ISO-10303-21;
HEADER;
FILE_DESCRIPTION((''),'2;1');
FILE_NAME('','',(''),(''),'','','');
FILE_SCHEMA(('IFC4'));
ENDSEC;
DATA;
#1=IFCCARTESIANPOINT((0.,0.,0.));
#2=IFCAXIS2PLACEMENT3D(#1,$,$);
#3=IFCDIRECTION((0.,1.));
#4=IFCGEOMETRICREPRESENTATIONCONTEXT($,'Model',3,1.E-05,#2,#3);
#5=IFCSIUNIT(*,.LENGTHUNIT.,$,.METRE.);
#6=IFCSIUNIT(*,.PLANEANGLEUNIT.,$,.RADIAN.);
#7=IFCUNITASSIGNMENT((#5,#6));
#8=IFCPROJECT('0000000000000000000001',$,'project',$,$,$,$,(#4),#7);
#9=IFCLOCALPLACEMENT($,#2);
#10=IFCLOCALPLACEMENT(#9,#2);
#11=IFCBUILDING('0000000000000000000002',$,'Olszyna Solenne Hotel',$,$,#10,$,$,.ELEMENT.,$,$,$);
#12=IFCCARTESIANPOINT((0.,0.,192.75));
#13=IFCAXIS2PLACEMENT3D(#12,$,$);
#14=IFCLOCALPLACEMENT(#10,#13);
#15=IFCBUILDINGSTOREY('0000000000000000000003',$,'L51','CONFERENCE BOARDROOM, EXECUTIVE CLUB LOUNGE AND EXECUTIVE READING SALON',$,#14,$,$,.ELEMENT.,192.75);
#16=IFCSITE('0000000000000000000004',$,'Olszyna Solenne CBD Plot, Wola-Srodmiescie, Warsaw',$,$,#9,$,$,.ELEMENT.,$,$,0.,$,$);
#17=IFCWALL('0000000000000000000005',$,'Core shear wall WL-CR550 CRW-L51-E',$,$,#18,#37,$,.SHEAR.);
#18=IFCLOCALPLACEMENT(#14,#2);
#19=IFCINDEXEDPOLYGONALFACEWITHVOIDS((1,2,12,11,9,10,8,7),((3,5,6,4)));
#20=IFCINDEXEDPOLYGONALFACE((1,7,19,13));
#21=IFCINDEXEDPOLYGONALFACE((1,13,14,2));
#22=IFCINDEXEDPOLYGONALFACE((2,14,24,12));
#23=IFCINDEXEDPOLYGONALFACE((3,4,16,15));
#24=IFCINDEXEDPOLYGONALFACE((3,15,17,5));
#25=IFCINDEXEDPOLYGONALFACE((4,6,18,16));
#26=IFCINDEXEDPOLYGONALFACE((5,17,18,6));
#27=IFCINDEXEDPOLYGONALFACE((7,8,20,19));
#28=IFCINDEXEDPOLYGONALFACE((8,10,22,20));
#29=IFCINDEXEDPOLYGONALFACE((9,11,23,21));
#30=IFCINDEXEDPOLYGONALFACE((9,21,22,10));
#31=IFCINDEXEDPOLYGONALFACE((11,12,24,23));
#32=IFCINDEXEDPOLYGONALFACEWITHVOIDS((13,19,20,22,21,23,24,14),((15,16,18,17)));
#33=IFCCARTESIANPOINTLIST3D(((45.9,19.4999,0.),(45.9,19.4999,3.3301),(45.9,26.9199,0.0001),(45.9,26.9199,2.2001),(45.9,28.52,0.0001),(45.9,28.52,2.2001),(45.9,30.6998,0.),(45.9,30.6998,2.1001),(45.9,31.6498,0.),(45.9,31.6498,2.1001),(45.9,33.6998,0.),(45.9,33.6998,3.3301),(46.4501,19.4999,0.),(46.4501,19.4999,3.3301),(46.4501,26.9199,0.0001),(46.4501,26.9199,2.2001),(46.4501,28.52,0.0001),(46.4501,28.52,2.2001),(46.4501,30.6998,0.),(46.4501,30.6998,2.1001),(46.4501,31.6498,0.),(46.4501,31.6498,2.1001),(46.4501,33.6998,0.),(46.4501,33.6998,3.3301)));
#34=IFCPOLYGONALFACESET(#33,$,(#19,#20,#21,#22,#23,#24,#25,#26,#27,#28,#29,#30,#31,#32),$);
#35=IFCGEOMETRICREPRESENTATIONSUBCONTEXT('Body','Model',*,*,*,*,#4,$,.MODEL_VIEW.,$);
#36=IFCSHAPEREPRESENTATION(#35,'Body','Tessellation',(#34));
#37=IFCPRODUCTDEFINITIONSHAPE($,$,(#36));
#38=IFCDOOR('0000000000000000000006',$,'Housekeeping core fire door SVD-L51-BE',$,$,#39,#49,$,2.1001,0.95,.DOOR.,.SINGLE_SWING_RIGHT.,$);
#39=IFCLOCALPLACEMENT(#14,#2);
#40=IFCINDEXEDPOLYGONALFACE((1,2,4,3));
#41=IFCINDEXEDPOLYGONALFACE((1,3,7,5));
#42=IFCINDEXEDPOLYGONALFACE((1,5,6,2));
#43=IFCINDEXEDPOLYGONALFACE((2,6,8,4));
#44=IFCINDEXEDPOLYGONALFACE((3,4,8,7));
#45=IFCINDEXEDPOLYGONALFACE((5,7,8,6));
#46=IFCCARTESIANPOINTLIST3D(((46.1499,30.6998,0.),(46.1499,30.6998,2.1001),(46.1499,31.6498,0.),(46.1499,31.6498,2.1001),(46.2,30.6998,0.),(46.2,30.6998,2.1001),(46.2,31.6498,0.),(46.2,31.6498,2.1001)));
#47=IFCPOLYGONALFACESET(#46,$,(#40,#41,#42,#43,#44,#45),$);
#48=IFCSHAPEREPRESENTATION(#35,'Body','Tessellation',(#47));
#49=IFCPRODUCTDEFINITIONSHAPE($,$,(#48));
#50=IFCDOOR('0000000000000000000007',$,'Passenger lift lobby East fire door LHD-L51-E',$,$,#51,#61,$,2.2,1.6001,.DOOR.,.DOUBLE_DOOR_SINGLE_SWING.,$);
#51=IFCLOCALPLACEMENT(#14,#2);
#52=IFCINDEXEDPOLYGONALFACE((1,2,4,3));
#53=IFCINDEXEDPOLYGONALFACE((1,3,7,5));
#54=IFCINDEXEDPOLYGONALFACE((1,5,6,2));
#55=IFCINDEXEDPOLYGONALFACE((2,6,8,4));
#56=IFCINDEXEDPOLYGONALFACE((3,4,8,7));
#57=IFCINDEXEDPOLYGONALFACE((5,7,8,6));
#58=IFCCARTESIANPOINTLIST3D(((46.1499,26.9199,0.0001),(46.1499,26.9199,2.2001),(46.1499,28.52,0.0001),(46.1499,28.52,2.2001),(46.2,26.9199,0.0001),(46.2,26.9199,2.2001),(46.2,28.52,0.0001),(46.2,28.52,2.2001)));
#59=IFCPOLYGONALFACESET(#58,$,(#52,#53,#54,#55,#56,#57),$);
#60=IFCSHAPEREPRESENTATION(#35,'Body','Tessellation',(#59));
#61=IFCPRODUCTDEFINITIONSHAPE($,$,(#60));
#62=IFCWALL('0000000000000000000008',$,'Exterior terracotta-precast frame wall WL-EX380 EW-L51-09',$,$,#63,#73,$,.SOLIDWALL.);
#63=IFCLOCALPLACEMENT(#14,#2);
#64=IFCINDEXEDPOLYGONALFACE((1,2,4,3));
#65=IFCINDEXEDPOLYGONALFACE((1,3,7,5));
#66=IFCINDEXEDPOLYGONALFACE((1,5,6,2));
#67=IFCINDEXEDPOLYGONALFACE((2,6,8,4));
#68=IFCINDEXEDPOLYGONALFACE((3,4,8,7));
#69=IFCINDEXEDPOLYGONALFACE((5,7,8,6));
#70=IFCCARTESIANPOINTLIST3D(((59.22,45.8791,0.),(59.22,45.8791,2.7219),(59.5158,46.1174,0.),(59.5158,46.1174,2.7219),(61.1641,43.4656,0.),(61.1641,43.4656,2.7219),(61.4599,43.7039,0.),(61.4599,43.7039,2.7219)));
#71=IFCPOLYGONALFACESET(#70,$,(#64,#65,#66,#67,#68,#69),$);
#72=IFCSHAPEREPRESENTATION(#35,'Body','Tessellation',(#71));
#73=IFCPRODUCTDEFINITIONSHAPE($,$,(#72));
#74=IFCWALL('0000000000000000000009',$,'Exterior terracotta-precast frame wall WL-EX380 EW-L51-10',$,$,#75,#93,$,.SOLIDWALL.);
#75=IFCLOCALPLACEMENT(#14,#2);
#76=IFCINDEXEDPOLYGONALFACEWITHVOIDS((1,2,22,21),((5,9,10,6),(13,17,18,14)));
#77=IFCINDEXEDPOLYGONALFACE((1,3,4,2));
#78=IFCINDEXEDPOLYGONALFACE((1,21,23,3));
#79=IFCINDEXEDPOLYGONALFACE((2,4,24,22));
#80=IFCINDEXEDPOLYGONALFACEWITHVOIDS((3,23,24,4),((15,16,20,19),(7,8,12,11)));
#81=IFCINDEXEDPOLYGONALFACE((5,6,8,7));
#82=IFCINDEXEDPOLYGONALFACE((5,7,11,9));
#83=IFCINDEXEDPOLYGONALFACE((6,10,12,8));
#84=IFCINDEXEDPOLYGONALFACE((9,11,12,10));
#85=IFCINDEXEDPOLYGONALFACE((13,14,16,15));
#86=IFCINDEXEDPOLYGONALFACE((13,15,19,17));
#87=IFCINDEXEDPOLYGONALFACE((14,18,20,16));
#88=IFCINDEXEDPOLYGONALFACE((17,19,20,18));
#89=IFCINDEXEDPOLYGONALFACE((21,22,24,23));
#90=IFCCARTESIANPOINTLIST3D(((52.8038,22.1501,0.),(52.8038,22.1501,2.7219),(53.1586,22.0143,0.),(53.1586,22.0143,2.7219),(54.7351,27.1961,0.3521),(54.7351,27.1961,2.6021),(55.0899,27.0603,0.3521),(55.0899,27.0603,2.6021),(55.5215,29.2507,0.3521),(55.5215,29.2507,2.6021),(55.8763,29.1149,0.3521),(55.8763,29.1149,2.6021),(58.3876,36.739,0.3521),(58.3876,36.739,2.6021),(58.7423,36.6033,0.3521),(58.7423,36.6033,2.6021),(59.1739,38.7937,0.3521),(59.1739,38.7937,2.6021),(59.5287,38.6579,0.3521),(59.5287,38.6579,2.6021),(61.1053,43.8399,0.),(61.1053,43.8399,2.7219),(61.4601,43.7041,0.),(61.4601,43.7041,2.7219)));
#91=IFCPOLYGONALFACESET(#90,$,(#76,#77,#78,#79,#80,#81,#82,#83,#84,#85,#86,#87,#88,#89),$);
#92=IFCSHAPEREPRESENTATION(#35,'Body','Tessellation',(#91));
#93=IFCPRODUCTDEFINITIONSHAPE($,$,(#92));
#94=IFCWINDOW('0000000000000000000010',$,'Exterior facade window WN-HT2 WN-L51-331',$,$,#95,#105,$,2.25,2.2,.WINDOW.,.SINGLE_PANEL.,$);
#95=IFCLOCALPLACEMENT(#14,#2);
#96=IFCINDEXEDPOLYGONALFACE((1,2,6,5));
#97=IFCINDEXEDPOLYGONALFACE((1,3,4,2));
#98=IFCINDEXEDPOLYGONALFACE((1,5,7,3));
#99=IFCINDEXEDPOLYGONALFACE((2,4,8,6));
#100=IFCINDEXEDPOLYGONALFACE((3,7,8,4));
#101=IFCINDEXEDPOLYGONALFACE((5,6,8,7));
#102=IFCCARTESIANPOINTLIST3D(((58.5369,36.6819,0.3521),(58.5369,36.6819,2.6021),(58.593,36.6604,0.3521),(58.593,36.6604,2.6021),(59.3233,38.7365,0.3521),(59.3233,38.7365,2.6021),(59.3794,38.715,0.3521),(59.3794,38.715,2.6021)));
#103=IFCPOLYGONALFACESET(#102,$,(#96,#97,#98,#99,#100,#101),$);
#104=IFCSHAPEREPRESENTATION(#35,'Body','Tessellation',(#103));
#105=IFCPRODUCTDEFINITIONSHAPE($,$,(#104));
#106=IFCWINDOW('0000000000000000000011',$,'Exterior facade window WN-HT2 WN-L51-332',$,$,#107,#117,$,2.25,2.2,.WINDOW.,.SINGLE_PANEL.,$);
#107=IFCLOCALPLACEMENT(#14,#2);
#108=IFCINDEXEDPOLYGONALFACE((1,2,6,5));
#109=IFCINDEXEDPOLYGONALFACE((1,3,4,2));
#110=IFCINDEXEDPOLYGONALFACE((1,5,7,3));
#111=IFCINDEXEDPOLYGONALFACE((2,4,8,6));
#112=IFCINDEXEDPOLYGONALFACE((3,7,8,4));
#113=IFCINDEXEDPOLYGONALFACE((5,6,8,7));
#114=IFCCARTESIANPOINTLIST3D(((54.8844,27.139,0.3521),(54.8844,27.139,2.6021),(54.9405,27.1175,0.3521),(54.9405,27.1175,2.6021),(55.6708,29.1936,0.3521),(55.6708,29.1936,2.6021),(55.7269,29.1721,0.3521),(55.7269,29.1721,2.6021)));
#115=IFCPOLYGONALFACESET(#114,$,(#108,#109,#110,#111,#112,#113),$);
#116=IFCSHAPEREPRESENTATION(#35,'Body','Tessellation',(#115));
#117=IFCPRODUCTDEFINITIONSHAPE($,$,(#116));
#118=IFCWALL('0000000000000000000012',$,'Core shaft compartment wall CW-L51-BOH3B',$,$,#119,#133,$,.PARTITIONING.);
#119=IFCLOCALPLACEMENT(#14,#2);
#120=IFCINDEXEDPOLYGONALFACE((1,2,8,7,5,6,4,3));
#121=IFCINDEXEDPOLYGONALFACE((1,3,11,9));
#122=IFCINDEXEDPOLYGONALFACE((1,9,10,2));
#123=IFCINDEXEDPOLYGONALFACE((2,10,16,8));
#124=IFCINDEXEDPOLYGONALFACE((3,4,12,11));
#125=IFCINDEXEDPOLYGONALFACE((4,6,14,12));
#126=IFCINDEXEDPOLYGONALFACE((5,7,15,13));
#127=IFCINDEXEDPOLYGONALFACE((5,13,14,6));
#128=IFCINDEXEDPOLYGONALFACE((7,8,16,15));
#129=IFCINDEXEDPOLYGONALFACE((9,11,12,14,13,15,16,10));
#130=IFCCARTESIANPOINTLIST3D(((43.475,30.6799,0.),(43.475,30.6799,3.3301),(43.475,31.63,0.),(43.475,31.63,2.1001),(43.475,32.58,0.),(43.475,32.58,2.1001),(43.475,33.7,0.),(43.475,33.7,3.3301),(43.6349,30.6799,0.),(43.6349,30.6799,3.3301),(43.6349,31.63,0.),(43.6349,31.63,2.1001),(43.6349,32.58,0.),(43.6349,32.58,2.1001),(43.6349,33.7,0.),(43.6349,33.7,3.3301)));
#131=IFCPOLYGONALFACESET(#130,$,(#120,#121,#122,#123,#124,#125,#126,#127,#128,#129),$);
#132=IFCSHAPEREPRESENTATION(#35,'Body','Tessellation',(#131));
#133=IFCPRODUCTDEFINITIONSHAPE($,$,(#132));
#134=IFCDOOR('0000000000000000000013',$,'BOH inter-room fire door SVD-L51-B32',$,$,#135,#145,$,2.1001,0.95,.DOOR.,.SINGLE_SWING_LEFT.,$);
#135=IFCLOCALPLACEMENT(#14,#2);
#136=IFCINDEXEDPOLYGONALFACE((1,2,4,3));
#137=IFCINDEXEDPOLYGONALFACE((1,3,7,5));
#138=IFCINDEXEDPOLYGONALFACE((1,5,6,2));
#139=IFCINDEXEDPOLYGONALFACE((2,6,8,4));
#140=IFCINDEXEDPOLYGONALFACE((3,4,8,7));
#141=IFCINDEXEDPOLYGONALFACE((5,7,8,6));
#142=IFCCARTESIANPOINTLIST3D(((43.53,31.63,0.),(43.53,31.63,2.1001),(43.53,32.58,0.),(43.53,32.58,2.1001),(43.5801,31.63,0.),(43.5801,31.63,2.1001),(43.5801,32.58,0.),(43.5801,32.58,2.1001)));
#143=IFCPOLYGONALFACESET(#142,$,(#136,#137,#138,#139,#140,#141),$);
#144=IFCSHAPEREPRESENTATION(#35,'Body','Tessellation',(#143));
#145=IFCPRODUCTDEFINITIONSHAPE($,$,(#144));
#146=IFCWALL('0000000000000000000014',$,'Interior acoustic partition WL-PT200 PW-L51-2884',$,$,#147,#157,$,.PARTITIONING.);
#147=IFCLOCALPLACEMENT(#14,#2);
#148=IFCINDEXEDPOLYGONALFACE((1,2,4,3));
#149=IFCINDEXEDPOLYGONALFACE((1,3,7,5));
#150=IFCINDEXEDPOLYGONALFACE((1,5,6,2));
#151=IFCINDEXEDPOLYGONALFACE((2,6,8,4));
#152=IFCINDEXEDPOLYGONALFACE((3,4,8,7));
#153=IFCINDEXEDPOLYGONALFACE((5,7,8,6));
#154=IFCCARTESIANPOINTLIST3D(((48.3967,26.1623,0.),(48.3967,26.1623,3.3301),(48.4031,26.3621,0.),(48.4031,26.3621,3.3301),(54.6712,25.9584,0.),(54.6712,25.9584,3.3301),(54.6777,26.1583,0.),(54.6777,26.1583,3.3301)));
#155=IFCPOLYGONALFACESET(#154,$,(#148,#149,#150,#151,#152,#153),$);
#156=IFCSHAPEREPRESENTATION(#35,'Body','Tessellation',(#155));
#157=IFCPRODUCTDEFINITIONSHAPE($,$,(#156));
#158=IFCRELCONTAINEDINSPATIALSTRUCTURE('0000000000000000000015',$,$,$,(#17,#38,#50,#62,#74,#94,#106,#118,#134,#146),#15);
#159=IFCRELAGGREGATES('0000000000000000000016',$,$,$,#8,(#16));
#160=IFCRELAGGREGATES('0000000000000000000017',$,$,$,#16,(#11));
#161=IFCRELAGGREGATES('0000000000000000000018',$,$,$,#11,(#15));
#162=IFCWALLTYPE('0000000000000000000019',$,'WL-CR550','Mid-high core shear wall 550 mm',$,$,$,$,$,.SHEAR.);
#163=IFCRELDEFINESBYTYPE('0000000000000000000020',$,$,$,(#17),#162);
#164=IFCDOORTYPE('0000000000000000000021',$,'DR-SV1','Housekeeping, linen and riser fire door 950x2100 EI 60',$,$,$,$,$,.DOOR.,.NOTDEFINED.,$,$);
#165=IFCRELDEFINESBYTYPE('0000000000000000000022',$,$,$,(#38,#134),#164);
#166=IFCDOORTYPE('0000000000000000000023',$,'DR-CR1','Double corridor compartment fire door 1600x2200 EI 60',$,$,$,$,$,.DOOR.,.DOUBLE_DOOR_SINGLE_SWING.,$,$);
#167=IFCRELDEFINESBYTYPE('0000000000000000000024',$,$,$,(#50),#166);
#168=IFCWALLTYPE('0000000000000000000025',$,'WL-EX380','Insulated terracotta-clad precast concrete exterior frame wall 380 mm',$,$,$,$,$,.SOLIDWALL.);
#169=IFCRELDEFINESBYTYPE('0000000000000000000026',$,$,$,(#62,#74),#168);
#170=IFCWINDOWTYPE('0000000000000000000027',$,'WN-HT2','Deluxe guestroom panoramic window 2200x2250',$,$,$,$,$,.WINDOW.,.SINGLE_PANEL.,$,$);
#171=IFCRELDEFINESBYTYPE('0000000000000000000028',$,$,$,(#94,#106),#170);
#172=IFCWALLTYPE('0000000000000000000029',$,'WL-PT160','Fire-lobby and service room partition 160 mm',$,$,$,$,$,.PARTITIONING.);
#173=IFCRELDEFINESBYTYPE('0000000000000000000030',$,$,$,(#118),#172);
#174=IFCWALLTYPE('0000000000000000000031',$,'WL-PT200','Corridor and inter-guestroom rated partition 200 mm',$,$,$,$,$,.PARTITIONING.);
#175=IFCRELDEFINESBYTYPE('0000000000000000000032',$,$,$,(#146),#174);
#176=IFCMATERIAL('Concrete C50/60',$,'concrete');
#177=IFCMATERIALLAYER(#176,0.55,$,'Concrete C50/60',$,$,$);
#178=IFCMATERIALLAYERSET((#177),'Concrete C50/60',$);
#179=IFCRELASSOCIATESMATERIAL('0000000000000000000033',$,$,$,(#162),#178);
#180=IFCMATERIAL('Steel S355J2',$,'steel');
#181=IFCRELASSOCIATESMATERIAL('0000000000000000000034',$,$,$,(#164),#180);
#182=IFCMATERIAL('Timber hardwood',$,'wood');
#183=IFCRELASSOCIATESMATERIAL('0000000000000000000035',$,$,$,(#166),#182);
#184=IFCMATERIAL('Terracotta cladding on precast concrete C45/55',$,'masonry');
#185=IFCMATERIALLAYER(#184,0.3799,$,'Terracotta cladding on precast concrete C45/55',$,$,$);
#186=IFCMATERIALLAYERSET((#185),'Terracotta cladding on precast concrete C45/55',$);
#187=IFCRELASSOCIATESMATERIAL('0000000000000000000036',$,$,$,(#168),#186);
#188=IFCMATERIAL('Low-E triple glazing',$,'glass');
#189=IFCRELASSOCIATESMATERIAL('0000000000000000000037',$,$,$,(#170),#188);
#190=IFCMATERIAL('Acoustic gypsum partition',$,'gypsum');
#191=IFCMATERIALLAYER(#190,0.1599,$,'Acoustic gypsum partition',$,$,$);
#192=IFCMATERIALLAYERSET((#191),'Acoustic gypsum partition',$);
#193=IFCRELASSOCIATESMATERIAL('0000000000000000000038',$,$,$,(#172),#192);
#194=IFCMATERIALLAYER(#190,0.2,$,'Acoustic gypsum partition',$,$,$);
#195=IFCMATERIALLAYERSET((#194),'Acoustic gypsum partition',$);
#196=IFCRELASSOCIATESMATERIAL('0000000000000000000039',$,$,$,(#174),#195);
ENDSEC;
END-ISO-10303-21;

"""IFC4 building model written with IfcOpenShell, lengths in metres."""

from ifc_helpers import new_model, si_unit, direction, frame, frame_2d, origin, place, context, subcontext, project, spatial, rectangle, extrude, source, transform, mapped, material, layer, layer_set, type_object, type_shapes, element, fill, save


model = new_model("IFC4")

# Units and contexts
model_context = context("Model", 3, precision=1e-05, world=origin(), true_north=direction((0.0, 1.0)))
body_context = subcontext(model_context, "Body", "Model", "MODEL_VIEW")
ifc_project = project(units=[si_unit("LENGTHUNIT", "METRE"), si_unit("PLANEANGLEUNIT", "RADIAN")], contexts=[model_context])

# Site, building, storey
site_placement = place(None, origin())
site = spatial("IfcSite", under=ifc_project, at=site_placement, Name="Olszyna Solenne CBD Plot, Wola-Srodmiescie, Warsaw", CompositionType="ELEMENT", RefElevation=0.0)
building_placement = place(site_placement, origin())
building = spatial("IfcBuilding", under=site, at=building_placement, Name="Olszyna Solenne Hotel", CompositionType="ELEMENT")
storey_placement = place(building_placement, frame((0.0, 0.0, 192.75)))
storey = spatial("IfcBuildingStorey", under=building, at=storey_placement, Name="L51", Description="CONFERENCE BOARDROOM, EXECUTIVE CLUB LOUNGE AND EXECUTIVE READING SALON", CompositionType="ELEMENT", Elevation=192.75)

# Shared definitions
ifc_material_1 = material(Name="Steel S355J2", Category="steel")

# Wall, openings, doors
ifc_material_2 = material(Name="Concrete C50/60", Category="concrete")
ifc_layer_1 = layer(ifc_material_2, 0.55, Name="Concrete C50/60")
ifc_layer_set_1 = layer_set([ifc_layer_1], Name="Concrete C50/60")
wall_type_1 = type_object("IfcWallType", Name="WL-CR550", Description="Mid-high core shear wall 550 mm", PredefinedType="SHEAR", material=ifc_layer_set_1)
wall_1_placement = place(storey_placement, frame((46.175, 33.7, 0.0), z_axis=(0.0, 0.0, 1.0), x_axis=(0.0, -1.0, 0.0)))
wall_1 = element("IfcWall", 1, at=wall_1_placement, inside=storey, type_object=wall_type_1, Name="Core shear wall WL-CR550 CRW-L51-E", PredefinedType="SHEAR", context=body_context, shape_type="SweptSolid", body=[
    extrude(rectangle(XDim=14.2, YDim=0.55, at=frame_2d((7.1001, 0.0))), origin(), (0.0, 0.0, 1.0), 3.3301),
])
opening_1_placement = place(wall_1_placement, frame((5.1799, 0.0, 0.0)))
opening_1 = element("IfcOpeningElement", 2, at=opening_1_placement, cuts=wall_1, PredefinedType="OPENING", context=body_context, shape_type="SweptSolid", body=[
    extrude(rectangle(XDim=1.6001, YDim=2.2, at=frame_2d((0.8, 1.1001))), frame((0.0, 0.2852, 0.0), z_axis=(0.0, -1.0, 0.0), x_axis=(1.0, 0.0, 0.0)), (0.0, 0.0, 1.0), 0.5701),
])
opening_2_placement = place(wall_1_placement, frame((2.05, 0.0, 0.0)))
opening_2 = element("IfcOpeningElement", 3, at=opening_2_placement, cuts=wall_1, PredefinedType="OPENING", context=body_context, shape_type="SweptSolid", body=[
    extrude(rectangle(XDim=0.95, YDim=2.1001, at=frame_2d((0.4751, 1.05))), frame((0.0, 0.2852, 0.0), z_axis=(0.0, -1.0, 0.0), x_axis=(1.0, 0.0, 0.0)), (0.0, 0.0, 1.0), 0.5701),
])
door_type_1 = type_object("IfcDoorType", Name="DR-SV1", Description="Housekeeping, linen and riser fire door 950x2100 EI 60", OperationType="NOTDEFINED", PredefinedType="DOOR", material=ifc_material_1)
shared_shape_1 = source(origin(), body_context, "Body", "SweptSolid", [
    extrude(rectangle(XDim=0.95, YDim=2.1001, at=frame_2d((0.4751, 1.05))), frame((0.0, 0.0249, 0.0), z_axis=(0.0, -1.0, 0.0), x_axis=(1.0, 0.0, 0.0)), (0.0, 0.0, 1.0), 0.05),
])
type_shapes(door_type_1, [shared_shape_1])
door_1_placement = place(opening_2_placement, origin())
door_1 = element("IfcDoor", 4, at=door_1_placement, inside=storey, type_object=door_type_1, Name="Housekeeping core fire door SVD-L51-BE", OperationType="SINGLE_SWING_RIGHT", OverallHeight=2.1001, OverallWidth=0.95, PredefinedType="DOOR", context=body_context, shape_type="MappedRepresentation", body=[
    mapped(shared_shape_1, transform((0.0, 0.0, 0.0), x_axis=(1.0, 0.0, 0.0), y_axis=(0.0, 1.0, 0.0), z_axis=(0.0, 0.0, 1.0), scale=1.0)),
])
fill(opening_2, door_1)
ifc_material_3 = material(Name="Timber hardwood", Category="wood")
door_type_2 = type_object("IfcDoorType", Name="DR-CR1", Description="Double corridor compartment fire door 1600x2200 EI 60", OperationType="DOUBLE_DOOR_SINGLE_SWING", PredefinedType="DOOR", material=ifc_material_3)
shared_shape_2 = source(origin(), body_context, "Body", "SweptSolid", [
    extrude(rectangle(XDim=1.6001, YDim=2.2, at=frame_2d((0.8, 1.1001))), frame((0.0, 0.0249, 0.0), z_axis=(0.0, -1.0, 0.0), x_axis=(1.0, 0.0, 0.0)), (0.0, 0.0, 1.0), 0.05),
])
type_shapes(door_type_2, [shared_shape_2])
door_2_placement = place(opening_1_placement, origin())
door_2 = element("IfcDoor", 5, at=door_2_placement, inside=storey, type_object=door_type_2, Name="Passenger lift lobby East fire door LHD-L51-E", OperationType="DOUBLE_DOOR_SINGLE_SWING", OverallHeight=2.2, OverallWidth=1.6001, PredefinedType="DOOR", context=body_context, shape_type="MappedRepresentation", body=[
    mapped(shared_shape_2, transform((0.0, 0.0, 0.0), x_axis=(1.0, 0.0, 0.0), y_axis=(0.0, 1.0, 0.0), z_axis=(0.0, 0.0, 1.0), scale=1.0)),
])
fill(opening_1, door_2)

# Wall
ifc_material_4 = material(Name="Terracotta cladding on precast concrete C45/55", Category="masonry")
ifc_layer_2 = layer(ifc_material_4, 0.3799, Name="Terracotta cladding on precast concrete C45/55")
ifc_layer_set_2 = layer_set([ifc_layer_2], Name="Terracotta cladding on precast concrete C45/55")
wall_type_2 = type_object("IfcWallType", Name="WL-EX380", Description="Insulated terracotta-clad precast concrete exterior frame wall 380 mm", PredefinedType="SOLIDWALL", material=ifc_layer_set_2)
wall_2_placement = place(storey_placement, frame((59.3679, 45.9983, 0.0), z_axis=(0.0, 0.0, 1.0), x_axis=(0.627295, -0.778782, 0.0)))
element("IfcWall", 6, at=wall_2_placement, inside=storey, type_object=wall_type_2, Name="Exterior terracotta-precast frame wall WL-EX380 EW-L51-09", PredefinedType="SOLIDWALL", context=body_context, shape_type="SweptSolid", body=[
    extrude(rectangle(XDim=3.0991, YDim=0.3799, at=frame_2d((1.5496, 0.0))), origin(), (0.0, 0.0, 1.0), 2.7219),
])

# Wall, openings, windows
wall_3_placement = place(storey_placement, frame((61.2827, 43.772, 0.0), z_axis=(0.0, 0.0, 1.0), x_axis=(-0.357453, -0.933931, 0.0)))
wall_3 = element("IfcWall", 7, at=wall_3_placement, inside=storey, type_object=wall_type_2, Name="Exterior terracotta-precast frame wall WL-EX380 EW-L51-10", PredefinedType="SOLIDWALL", context=body_context, shape_type="SweptSolid", body=[
    extrude(rectangle(XDim=23.2241, YDim=0.3799, at=frame_2d((11.6121, 0.0))), origin(), (0.0, 0.0, 1.0), 2.7219),
])
opening_3_placement = place(wall_3_placement, frame((5.4031, 0.0, 0.3521)))
opening_3 = element("IfcOpeningElement", 8, at=opening_3_placement, cuts=wall_3, PredefinedType="OPENING", context=body_context, shape_type="SweptSolid", body=[
    extrude(rectangle(XDim=2.2, YDim=2.25, at=frame_2d((1.1001, 1.125))), frame((0.0, 0.2, 0.0), z_axis=(0.0, -1.0, 0.0), x_axis=(1.0, 0.0, 0.0)), (0.0, 0.0, 1.0), 0.3999),
])
opening_4_placement = place(wall_3_placement, frame((15.6211, 0.0, 0.3521)))
opening_4 = element("IfcOpeningElement", 9, at=opening_4_placement, cuts=wall_3, PredefinedType="OPENING", context=body_context, shape_type="SweptSolid", body=[
    extrude(rectangle(XDim=2.2, YDim=2.25, at=frame_2d((1.1001, 1.125))), frame((0.0, 0.2, 0.0), z_axis=(0.0, -1.0, 0.0), x_axis=(1.0, 0.0, 0.0)), (0.0, 0.0, 1.0), 0.3999),
])
ifc_material_5 = material(Name="Low-E triple glazing", Category="glass")
window_type = type_object("IfcWindowType", Name="WN-HT2", Description="Deluxe guestroom panoramic window 2200x2250", PartitioningType="SINGLE_PANEL", PredefinedType="WINDOW", material=ifc_material_5)
shared_shape_3 = source(origin(), body_context, "Body", "SweptSolid", [
    extrude(rectangle(XDim=2.2, YDim=2.25, at=frame_2d((1.1001, 1.125))), frame((0.0, 0.03, 0.0), z_axis=(0.0, -1.0, 0.0), x_axis=(1.0, 0.0, 0.0)), (0.0, 0.0, 1.0), 0.0601),
])
type_shapes(window_type, [shared_shape_3])
window_1_placement = place(opening_3_placement, origin())
window_1 = element("IfcWindow", 10, at=window_1_placement, inside=storey, type_object=window_type, Name="Exterior facade window WN-HT2 WN-L51-331", OverallHeight=2.25, OverallWidth=2.2, PartitioningType="SINGLE_PANEL", PredefinedType="WINDOW", context=body_context, shape_type="MappedRepresentation", body=[
    mapped(shared_shape_3, transform((0.0, 0.0, 0.0), x_axis=(1.0, 0.0, 0.0), y_axis=(0.0, 1.0, 0.0), z_axis=(0.0, 0.0, 1.0), scale=1.0)),
])
fill(opening_3, window_1)
window_2_placement = place(opening_4_placement, origin())
window_2 = element("IfcWindow", 11, at=window_2_placement, inside=storey, type_object=window_type, Name="Exterior facade window WN-HT2 WN-L51-332", OverallHeight=2.25, OverallWidth=2.2, PartitioningType="SINGLE_PANEL", PredefinedType="WINDOW", context=body_context, shape_type="MappedRepresentation", body=[
    mapped(shared_shape_3, transform((0.0, 0.0, 0.0), x_axis=(1.0, 0.0, 0.0), y_axis=(0.0, 1.0, 0.0), z_axis=(0.0, 0.0, 1.0), scale=1.0)),
])
fill(opening_4, window_2)

# Wall, opening, door
ifc_material_6 = material(Name="Acoustic gypsum partition", Category="gypsum")
ifc_layer_3 = layer(ifc_material_6, 0.1599, Name="Acoustic gypsum partition")
ifc_layer_set_3 = layer_set([ifc_layer_3], Name="Acoustic gypsum partition")
wall_type_3 = type_object("IfcWallType", Name="WL-PT160", Description="Fire-lobby and service room partition 160 mm", PredefinedType="PARTITIONING", material=ifc_layer_set_3)
wall_4_placement = place(storey_placement, frame((43.5549, 30.6799, 0.0), z_axis=(0.0, 0.0, 1.0), x_axis=(0.0, 1.0, 0.0)))
wall_4 = element("IfcWall", 12, at=wall_4_placement, inside=storey, type_object=wall_type_3, Name="Core shaft compartment wall CW-L51-BOH3B", PredefinedType="PARTITIONING", context=body_context, shape_type="SweptSolid", body=[
    extrude(rectangle(XDim=3.02, YDim=0.1599, at=frame_2d((1.51, 0.0))), origin(), (0.0, 0.0, 1.0), 3.3301),
])
opening_5_placement = place(wall_4_placement, frame((0.95, 0.0, 0.0)))
opening_5 = element("IfcOpeningElement", 13, at=opening_5_placement, cuts=wall_4, PredefinedType="OPENING", context=body_context, shape_type="SweptSolid", body=[
    extrude(rectangle(XDim=0.95, YDim=2.1001, at=frame_2d((0.4751, 1.05))), frame((0.0, 0.0898, 0.0), z_axis=(0.0, -1.0, 0.0), x_axis=(1.0, 0.0, 0.0)), (0.0, 0.0, 1.0), 0.1799),
])
door_3_placement = place(opening_5_placement, origin())
door_3 = element("IfcDoor", 14, at=door_3_placement, inside=storey, type_object=door_type_1, Name="BOH inter-room fire door SVD-L51-B32", OperationType="SINGLE_SWING_LEFT", OverallHeight=2.1001, OverallWidth=0.95, PredefinedType="DOOR", context=body_context, shape_type="MappedRepresentation", body=[
    mapped(shared_shape_1, transform((0.0, 0.0, 0.0), x_axis=(1.0, 0.0, 0.0), y_axis=(0.0, 1.0, 0.0), z_axis=(0.0, 0.0, 1.0), scale=1.0)),
])
fill(opening_5, door_3)

# Wall
ifc_layer_4 = layer(ifc_material_6, 0.2, Name="Acoustic gypsum partition")
ifc_layer_set_4 = layer_set([ifc_layer_4], Name="Acoustic gypsum partition")
wall_type_4 = type_object("IfcWallType", Name="WL-PT200", Description="Corridor and inter-guestroom rated partition 200 mm", PredefinedType="PARTITIONING", material=ifc_layer_set_4)
wall_5_placement = place(storey_placement, frame((48.3999, 26.2622, 0.0), z_axis=(0.0, 0.0, 1.0), x_axis=(0.999473, -0.032473, 0.0)))
element("IfcWall", 15, at=wall_5_placement, inside=storey, type_object=wall_type_4, Name="Interior acoustic partition WL-PT200 PW-L51-2884", PredefinedType="PARTITIONING", context=body_context, shape_type="SweptSolid", body=[
    extrude(rectangle(XDim=6.2778, YDim=0.2, at=frame_2d((3.1389, 0.0))), origin(), (0.0, 0.0, 1.0), 3.3301),
])

save(model, "model.ifc")
